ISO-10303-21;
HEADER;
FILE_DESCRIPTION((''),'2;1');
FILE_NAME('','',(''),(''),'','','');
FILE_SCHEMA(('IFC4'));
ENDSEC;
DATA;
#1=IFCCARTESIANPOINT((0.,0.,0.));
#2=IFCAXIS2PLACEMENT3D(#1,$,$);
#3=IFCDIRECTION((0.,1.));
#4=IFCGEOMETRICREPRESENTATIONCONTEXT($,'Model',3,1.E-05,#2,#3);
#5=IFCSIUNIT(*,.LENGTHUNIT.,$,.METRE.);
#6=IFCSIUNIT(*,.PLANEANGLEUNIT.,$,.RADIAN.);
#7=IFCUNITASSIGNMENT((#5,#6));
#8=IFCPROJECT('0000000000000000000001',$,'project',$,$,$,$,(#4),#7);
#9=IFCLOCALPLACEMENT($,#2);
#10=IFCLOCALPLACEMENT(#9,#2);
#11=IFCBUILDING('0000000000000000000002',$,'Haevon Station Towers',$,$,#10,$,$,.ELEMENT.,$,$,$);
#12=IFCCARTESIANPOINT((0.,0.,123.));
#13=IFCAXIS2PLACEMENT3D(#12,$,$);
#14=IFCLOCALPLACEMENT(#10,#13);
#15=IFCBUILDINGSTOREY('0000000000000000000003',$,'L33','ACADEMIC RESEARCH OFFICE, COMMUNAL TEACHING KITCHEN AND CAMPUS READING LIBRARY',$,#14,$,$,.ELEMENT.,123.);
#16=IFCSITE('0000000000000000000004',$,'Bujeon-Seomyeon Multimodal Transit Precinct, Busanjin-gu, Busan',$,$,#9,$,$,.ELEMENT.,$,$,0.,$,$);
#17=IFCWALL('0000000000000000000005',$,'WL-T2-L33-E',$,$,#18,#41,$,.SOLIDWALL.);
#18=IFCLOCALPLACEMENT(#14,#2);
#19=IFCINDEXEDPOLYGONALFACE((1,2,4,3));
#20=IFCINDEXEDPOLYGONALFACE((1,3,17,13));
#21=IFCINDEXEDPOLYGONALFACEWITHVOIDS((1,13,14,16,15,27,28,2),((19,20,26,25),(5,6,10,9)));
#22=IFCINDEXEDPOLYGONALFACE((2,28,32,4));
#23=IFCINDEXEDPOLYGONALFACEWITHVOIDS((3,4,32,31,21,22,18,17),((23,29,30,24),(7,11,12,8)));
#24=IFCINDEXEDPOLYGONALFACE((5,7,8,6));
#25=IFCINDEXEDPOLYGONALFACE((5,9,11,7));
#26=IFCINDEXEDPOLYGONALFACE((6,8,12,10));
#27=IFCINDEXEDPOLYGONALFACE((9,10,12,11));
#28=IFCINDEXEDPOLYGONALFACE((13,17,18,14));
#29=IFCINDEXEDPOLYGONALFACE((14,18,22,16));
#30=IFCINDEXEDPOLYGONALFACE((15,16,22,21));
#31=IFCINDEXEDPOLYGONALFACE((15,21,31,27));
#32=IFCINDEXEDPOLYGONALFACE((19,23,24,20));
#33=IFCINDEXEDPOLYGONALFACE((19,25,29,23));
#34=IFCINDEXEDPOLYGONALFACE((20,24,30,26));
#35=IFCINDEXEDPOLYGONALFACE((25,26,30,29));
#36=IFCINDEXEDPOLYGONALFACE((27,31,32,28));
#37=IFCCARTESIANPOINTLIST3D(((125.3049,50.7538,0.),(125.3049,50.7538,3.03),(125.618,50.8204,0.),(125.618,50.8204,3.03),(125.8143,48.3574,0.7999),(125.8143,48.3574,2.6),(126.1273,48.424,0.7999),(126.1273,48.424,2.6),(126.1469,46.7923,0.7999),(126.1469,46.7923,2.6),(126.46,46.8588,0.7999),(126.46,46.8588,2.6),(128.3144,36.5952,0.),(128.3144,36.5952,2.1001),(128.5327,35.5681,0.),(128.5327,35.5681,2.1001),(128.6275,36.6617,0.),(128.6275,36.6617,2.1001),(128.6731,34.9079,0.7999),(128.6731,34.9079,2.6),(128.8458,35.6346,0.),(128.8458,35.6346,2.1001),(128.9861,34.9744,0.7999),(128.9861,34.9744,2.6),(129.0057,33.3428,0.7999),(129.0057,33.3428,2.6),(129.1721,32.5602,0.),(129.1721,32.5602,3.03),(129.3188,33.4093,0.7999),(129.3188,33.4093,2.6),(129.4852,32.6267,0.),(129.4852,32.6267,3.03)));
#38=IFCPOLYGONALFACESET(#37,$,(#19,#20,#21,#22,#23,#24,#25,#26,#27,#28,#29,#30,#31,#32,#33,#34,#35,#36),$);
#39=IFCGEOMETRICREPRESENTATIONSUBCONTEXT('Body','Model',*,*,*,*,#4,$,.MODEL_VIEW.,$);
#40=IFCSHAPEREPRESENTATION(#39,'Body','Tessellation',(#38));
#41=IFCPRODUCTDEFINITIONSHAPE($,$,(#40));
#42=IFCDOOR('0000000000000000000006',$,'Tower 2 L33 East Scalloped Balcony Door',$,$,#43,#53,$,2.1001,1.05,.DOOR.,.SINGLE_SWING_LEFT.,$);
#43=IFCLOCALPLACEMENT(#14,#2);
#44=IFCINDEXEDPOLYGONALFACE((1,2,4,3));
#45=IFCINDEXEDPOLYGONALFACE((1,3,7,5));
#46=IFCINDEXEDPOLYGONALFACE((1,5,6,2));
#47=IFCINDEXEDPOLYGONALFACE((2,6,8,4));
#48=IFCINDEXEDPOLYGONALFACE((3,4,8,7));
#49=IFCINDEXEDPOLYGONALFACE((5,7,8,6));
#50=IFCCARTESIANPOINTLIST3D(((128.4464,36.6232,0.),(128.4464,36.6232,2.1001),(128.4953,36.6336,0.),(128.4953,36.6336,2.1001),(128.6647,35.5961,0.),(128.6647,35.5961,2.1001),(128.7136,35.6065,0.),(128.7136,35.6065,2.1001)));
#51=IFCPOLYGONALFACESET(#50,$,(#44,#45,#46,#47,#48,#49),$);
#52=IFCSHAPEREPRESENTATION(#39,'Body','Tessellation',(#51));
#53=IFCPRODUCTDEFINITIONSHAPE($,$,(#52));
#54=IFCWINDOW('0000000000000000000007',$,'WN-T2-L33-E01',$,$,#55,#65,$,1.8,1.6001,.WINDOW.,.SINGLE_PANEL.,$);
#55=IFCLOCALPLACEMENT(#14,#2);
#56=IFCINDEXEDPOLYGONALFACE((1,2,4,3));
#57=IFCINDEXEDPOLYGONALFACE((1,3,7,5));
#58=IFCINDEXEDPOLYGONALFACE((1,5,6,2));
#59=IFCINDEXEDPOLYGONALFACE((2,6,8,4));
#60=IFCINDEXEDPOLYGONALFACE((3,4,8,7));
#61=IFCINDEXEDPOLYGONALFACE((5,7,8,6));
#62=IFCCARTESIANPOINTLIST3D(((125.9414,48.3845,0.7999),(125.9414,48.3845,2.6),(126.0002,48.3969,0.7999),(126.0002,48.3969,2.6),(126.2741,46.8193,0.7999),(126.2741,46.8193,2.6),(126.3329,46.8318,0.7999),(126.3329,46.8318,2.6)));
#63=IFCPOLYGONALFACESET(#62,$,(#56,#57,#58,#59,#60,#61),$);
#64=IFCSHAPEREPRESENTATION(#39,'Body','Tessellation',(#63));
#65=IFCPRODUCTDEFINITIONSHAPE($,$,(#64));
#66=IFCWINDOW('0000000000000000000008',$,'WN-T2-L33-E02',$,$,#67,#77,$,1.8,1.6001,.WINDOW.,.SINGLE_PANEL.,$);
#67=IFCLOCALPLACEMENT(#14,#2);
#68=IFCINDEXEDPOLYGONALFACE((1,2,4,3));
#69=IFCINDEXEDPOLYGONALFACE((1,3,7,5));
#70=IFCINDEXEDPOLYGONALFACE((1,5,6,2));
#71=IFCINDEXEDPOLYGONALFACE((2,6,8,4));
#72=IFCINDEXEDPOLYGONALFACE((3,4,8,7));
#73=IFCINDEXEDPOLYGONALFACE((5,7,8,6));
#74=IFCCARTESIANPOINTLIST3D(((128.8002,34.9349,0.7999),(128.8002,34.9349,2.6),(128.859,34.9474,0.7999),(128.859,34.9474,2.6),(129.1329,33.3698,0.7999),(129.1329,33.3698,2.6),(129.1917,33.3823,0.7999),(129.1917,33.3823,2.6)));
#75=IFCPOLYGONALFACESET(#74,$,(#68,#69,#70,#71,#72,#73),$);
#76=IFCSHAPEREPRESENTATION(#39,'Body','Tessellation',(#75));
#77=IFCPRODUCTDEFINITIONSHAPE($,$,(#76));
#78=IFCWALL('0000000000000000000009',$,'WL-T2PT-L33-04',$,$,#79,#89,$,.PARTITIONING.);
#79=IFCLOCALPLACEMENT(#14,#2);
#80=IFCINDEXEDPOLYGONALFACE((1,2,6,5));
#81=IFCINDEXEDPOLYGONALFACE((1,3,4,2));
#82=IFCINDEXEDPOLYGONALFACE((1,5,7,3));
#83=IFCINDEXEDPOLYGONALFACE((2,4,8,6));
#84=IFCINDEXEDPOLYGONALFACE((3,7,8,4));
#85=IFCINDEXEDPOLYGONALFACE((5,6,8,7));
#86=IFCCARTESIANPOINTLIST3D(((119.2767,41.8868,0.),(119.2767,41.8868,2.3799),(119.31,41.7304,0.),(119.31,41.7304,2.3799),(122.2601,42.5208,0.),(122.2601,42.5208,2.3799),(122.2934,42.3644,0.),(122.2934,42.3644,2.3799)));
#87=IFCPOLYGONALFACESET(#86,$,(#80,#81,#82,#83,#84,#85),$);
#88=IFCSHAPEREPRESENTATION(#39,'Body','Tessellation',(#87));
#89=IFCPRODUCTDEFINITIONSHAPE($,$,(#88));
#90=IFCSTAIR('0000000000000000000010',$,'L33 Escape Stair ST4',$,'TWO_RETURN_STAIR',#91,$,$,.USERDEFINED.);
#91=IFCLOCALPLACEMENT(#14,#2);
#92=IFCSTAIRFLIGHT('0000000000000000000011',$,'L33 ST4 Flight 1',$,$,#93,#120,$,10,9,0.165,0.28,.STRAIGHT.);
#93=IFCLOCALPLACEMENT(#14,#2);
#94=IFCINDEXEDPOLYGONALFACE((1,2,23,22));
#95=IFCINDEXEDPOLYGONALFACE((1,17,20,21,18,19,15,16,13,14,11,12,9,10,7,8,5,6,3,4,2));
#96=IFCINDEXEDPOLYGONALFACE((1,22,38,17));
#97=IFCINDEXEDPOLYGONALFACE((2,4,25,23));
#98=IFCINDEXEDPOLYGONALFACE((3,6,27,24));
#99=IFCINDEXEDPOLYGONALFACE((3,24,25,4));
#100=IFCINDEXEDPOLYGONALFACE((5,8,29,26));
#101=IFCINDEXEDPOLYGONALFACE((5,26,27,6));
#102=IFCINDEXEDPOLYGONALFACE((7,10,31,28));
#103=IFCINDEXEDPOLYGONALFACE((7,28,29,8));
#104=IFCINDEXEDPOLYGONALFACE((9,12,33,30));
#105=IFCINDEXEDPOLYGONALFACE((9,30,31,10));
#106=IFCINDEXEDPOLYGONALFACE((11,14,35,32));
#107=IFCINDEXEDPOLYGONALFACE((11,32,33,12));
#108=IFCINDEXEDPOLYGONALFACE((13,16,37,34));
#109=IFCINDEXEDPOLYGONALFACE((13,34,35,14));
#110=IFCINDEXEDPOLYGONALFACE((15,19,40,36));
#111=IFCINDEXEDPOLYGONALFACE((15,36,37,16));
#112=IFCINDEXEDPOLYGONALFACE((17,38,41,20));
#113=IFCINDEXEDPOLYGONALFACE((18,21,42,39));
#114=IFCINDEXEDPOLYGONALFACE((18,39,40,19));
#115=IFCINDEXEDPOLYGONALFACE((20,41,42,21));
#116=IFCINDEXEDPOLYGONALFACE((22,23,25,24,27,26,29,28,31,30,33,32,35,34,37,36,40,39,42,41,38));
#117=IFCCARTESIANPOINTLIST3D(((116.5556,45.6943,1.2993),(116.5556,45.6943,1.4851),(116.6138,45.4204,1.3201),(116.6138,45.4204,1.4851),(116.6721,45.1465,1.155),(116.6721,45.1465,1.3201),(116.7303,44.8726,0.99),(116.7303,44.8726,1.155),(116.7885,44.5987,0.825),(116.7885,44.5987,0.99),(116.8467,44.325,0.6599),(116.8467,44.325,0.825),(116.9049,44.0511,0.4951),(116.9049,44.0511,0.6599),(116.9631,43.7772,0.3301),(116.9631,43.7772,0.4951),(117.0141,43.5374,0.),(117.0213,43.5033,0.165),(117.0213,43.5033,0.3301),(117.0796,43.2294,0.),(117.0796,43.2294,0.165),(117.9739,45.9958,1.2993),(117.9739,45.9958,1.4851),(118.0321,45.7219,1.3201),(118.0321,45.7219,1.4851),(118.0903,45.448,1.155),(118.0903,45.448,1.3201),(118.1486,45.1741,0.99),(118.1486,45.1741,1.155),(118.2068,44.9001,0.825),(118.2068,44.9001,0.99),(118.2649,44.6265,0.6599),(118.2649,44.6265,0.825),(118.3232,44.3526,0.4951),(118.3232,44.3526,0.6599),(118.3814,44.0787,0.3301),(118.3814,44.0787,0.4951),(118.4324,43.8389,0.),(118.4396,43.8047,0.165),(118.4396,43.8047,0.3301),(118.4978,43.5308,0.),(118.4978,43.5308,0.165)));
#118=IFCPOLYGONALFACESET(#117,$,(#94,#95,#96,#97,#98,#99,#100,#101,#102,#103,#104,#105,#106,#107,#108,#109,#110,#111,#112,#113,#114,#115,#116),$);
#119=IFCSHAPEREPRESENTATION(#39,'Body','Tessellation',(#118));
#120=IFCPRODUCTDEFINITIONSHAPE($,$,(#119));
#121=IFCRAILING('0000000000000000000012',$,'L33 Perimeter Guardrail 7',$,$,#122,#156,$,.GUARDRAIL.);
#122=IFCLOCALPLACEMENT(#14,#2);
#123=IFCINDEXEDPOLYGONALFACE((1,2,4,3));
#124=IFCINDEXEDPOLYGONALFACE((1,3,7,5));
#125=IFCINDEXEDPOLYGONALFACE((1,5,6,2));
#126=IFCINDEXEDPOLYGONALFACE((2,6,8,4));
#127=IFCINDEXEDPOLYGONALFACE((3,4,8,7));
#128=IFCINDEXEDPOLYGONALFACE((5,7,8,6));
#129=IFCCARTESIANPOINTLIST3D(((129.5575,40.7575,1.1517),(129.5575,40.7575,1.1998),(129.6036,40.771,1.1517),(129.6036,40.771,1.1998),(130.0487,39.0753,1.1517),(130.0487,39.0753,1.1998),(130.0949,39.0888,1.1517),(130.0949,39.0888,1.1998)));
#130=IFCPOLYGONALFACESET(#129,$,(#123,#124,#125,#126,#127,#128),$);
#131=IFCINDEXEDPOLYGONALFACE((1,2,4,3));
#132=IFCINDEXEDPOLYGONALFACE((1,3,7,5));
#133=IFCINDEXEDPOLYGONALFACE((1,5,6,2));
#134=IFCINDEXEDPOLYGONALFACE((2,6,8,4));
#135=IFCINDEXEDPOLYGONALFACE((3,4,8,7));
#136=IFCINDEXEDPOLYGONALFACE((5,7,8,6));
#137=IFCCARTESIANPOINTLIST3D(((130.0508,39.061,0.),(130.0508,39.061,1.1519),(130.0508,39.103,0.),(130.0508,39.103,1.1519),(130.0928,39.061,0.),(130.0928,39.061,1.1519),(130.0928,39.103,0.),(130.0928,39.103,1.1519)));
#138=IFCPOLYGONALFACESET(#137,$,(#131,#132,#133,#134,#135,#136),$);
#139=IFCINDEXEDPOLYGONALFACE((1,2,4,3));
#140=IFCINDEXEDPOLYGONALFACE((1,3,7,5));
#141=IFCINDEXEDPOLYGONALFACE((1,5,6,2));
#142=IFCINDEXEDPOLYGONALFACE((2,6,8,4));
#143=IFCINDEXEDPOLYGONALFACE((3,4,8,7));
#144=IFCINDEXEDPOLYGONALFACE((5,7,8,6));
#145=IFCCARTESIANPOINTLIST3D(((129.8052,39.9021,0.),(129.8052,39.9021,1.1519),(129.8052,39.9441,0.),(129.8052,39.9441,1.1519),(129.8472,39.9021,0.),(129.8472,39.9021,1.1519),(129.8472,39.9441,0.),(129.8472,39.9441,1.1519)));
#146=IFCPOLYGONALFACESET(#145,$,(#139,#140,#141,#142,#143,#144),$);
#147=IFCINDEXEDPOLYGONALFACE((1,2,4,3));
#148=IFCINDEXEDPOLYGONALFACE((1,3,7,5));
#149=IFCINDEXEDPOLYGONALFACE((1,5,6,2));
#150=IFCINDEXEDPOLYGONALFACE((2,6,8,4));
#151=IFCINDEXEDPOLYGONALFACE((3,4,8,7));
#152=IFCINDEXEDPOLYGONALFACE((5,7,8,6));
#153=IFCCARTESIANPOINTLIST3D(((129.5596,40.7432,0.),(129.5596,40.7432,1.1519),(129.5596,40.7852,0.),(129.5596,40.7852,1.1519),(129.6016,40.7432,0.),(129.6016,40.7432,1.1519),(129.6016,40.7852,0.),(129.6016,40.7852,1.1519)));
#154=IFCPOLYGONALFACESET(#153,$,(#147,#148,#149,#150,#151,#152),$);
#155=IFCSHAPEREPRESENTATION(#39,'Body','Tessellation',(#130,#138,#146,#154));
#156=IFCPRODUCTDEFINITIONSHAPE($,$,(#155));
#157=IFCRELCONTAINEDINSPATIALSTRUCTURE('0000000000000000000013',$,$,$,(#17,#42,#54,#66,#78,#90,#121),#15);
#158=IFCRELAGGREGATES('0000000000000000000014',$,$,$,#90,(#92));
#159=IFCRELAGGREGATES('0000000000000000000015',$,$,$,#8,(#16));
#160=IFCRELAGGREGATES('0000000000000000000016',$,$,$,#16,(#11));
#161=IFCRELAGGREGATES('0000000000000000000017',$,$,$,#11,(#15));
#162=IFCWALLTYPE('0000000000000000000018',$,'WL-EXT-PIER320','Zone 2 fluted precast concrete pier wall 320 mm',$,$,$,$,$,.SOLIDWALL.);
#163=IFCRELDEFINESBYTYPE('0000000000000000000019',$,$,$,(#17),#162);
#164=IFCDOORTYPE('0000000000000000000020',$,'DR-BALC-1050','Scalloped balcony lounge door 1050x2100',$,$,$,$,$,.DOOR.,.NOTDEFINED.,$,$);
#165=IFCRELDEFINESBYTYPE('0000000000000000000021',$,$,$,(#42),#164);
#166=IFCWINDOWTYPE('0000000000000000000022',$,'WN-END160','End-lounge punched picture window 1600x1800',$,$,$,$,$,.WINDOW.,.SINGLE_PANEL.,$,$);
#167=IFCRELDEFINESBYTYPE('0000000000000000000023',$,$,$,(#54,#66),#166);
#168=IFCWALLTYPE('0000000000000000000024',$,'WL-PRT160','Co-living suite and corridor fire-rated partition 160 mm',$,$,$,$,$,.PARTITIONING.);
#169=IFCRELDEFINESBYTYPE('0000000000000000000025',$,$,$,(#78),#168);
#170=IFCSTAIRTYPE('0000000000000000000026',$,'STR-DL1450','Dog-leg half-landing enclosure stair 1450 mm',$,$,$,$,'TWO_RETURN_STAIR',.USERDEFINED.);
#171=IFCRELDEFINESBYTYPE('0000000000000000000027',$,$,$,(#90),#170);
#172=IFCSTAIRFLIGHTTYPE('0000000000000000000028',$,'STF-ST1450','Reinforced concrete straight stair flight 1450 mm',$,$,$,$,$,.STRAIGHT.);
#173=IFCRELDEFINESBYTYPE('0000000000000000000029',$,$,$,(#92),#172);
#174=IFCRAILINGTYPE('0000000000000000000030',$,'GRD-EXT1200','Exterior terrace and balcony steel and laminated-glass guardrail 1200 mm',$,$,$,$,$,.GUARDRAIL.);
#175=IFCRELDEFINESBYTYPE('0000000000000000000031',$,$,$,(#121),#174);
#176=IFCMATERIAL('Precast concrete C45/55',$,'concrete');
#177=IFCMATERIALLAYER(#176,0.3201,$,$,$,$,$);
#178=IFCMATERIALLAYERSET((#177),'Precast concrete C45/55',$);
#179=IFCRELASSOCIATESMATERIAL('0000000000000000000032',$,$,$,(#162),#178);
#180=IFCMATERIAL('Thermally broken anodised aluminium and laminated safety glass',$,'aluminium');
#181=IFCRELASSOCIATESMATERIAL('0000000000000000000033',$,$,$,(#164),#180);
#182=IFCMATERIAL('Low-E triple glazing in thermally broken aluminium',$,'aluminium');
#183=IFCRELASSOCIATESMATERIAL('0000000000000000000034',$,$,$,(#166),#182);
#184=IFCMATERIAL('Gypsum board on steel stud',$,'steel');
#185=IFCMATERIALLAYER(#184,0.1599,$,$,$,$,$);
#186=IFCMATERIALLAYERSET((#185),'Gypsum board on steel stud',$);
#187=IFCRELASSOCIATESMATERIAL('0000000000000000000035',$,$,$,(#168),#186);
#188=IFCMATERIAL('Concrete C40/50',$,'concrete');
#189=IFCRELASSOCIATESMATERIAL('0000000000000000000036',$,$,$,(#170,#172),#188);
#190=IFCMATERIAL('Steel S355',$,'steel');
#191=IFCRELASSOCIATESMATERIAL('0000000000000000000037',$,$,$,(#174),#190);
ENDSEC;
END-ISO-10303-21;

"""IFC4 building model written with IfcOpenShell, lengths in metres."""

from ifc_helpers import new_model, si_unit, direction, frame, frame_2d, origin, origin_2d, place, context, subcontext, project, spatial, polyline, rectangle, outline, extrude, material, layer, layer_set, type_object, element, fill, aggregate, save


model = new_model("IFC4")

# Units and contexts
model_context = context("Model", 3, precision=1e-05, world=origin(), true_north=direction((0.0, 1.0)))
body_context = subcontext(model_context, "Body", "Model", "MODEL_VIEW")
ifc_project = project(units=[si_unit("LENGTHUNIT", "METRE"), si_unit("PLANEANGLEUNIT", "RADIAN")], contexts=[model_context])

# Site, building, storey
site_placement = place(None, origin())
site = spatial("IfcSite", under=ifc_project, at=site_placement, Name="Bujeon-Seomyeon Multimodal Transit Precinct, Busanjin-gu, Busan", CompositionType="ELEMENT", RefElevation=0.0)
building_placement = place(site_placement, origin())
building = spatial("IfcBuilding", under=site, at=building_placement, Name="Haevon Station Towers", CompositionType="ELEMENT")
storey_placement = place(building_placement, frame((0.0, 0.0, 123.0)))
storey = spatial("IfcBuildingStorey", under=building, at=storey_placement, Name="L33", Description="ACADEMIC RESEARCH OFFICE, COMMUNAL TEACHING KITCHEN AND CAMPUS READING LIBRARY", CompositionType="ELEMENT", Elevation=123.0)

# Shared definitions
ifc_material_1 = material(Name="Steel S355", Category="steel")

# Shared definitions
ifc_material_2 = material(Name="Precast concrete C45/55", Category="concrete")
ifc_layer_1 = layer(ifc_material_2, 0.3201)
ifc_layer_set_1 = layer_set([ifc_layer_1], Name="Precast concrete C45/55")
wall_type_1 = type_object("IfcWallType", Name="WL-EXT-PIER320", Description="Zone 2 fluted precast concrete pier wall 320 mm", PredefinedType="SOLIDWALL", material=ifc_layer_set_1)

# Wall, openings, door, windows
wall_1_placement = place(storey_placement, frame((125.4614, 50.7871, 0.0), z_axis=(0.0, 0.0, 1.0), x_axis=(0.207913, -0.978147, 0.0)))
wall_1 = element("IfcWall", 1, at=wall_1_placement, inside=storey, type_object=wall_type_1, Name="WL-T2-L33-E", PredefinedType="SOLIDWALL", context=body_context, shape_type="SweptSolid", body=[
    extrude(rectangle(XDim=18.6001, YDim=0.3201, at=frame_2d((9.3, 0.0))), origin(), (0.0, 0.0, 1.0), 3.03),
])
opening_1_placement = place(wall_1_placement, frame((14.4751, 0.0, 0.0)))
opening_1 = element("IfcOpeningElement", 2, at=opening_1_placement, cuts=wall_1, PredefinedType="OPENING", context=body_context, shape_type="SweptSolid", body=[
    extrude(rectangle(XDim=1.05, YDim=2.1001, at=frame_2d((0.5249, 1.05))), frame((0.0, 0.1699, 0.0), z_axis=(0.0, -1.0, 0.0), x_axis=(1.0, 0.0, 0.0)), (0.0, 0.0, 1.0), 0.3401),
])
opening_2_placement = place(wall_1_placement, frame((2.45, 0.0, 0.8)))
opening_2 = element("IfcOpeningElement", 3, at=opening_2_placement, cuts=wall_1, PredefinedType="OPENING", context=body_context, shape_type="SweptSolid", body=[
    extrude(rectangle(XDim=1.6001, YDim=1.8, at=frame_2d((0.8, 0.8999))), frame((0.0, 0.1699, 0.0), z_axis=(0.0, -1.0, 0.0), x_axis=(1.0, 0.0, 0.0)), (0.0, 0.0, 1.0), 0.3401),
])
opening_3_placement = place(wall_1_placement, frame((16.2, 0.0, 0.8)))
opening_3 = element("IfcOpeningElement", 4, at=opening_3_placement, cuts=wall_1, PredefinedType="OPENING", context=body_context, shape_type="SweptSolid", body=[
    extrude(rectangle(XDim=1.6001, YDim=1.8, at=frame_2d((0.8, 0.8999))), frame((0.0, 0.1699, 0.0), z_axis=(0.0, -1.0, 0.0), x_axis=(1.0, 0.0, 0.0)), (0.0, 0.0, 1.0), 0.3401),
])
ifc_material_3 = material(Name="Thermally broken anodised aluminium and laminated safety glass", Category="aluminium")
door_type = type_object("IfcDoorType", Name="DR-BALC-1050", Description="Scalloped balcony lounge door 1050x2100", OperationType="NOTDEFINED", PredefinedType="DOOR", material=ifc_material_3)
door_placement = place(opening_1_placement, origin())
door = element("IfcDoor", 5, at=door_placement, inside=storey, type_object=door_type, Name="Tower 2 L33 East Scalloped Balcony Door", OperationType="SINGLE_SWING_LEFT", OverallHeight=2.1001, OverallWidth=1.05, PredefinedType="DOOR", context=body_context, shape_type="SweptSolid", body=[
    extrude(rectangle(XDim=1.05, YDim=2.1001, at=frame_2d((0.5249, 1.05))), frame((0.0, 0.0249, 0.0), z_axis=(0.0, -1.0, 0.0), x_axis=(1.0, 0.0, 0.0)), (0.0, 0.0, 1.0), 0.05),
])
fill(opening_1, door)
ifc_material_4 = material(Name="Low-E triple glazing in thermally broken aluminium", Category="aluminium")
window_type = type_object("IfcWindowType", Name="WN-END160", Description="End-lounge punched picture window 1600x1800", PartitioningType="SINGLE_PANEL", PredefinedType="WINDOW", material=ifc_material_4)
window_1_placement = place(opening_2_placement, origin())
window_1 = element("IfcWindow", 6, at=window_1_placement, inside=storey, type_object=window_type, Name="WN-T2-L33-E01", OverallHeight=1.8, OverallWidth=1.6001, PartitioningType="SINGLE_PANEL", PredefinedType="WINDOW", context=body_context, shape_type="SweptSolid", body=[
    extrude(rectangle(XDim=1.6001, YDim=1.8, at=frame_2d((0.8, 0.8999))), frame((0.0, 0.03, 0.0), z_axis=(0.0, -1.0, 0.0), x_axis=(1.0, 0.0, 0.0)), (0.0, 0.0, 1.0), 0.0601),
])
fill(opening_2, window_1)
window_2_placement = place(opening_3_placement, origin())
window_2 = element("IfcWindow", 7, at=window_2_placement, inside=storey, type_object=window_type, Name="WN-T2-L33-E02", OverallHeight=1.8, OverallWidth=1.6001, PartitioningType="SINGLE_PANEL", PredefinedType="WINDOW", context=body_context, shape_type="SweptSolid", body=[
    extrude(rectangle(XDim=1.6001, YDim=1.8, at=frame_2d((0.8, 0.8999))), frame((0.0, 0.03, 0.0), z_axis=(0.0, -1.0, 0.0), x_axis=(1.0, 0.0, 0.0)), (0.0, 0.0, 1.0), 0.0601),
])
fill(opening_3, window_2)

# Wall
ifc_material_5 = material(Name="Gypsum board on steel stud", Category="steel")
ifc_layer_2 = layer(ifc_material_5, 0.1599)
ifc_layer_set_2 = layer_set([ifc_layer_2], Name="Gypsum board on steel stud")
wall_type_2 = type_object("IfcWallType", Name="WL-PRT160", Description="Co-living suite and corridor fire-rated partition 160 mm", PredefinedType="PARTITIONING", material=ifc_layer_set_2)
wall_2_placement = place(storey_placement, frame((119.2935, 41.8086, 0.0), z_axis=(0.0, 0.0, 1.0), x_axis=(0.978155, 0.207878, 0.0)))
element("IfcWall", 8, at=wall_2_placement, inside=storey, type_object=wall_type_2, Name="WL-T2PT-L33-04", PredefinedType="PARTITIONING", context=body_context, shape_type="SweptSolid", body=[
    extrude(rectangle(XDim=3.05, YDim=0.1599, at=frame_2d((1.5249, 0.0))), origin(), (0.0, 0.0, 1.0), 2.3799),
])

# Stair, stair flight
ifc_material_6 = material(Name="Concrete C40/50", Category="concrete")
stair_type = type_object("IfcStairType", Name="STR-DL1450", Description="Dog-leg half-landing enclosure stair 1450 mm", ElementType="TWO_RETURN_STAIR", PredefinedType="USERDEFINED", material=ifc_material_6)
stair_placement = place(storey_placement, origin())
stair = element("IfcStair", 9, at=stair_placement, inside=storey, type_object=stair_type, Name="L33 Escape Stair ST4", ObjectType="TWO_RETURN_STAIR", PredefinedType="USERDEFINED")
stair_flight_type = type_object("IfcStairFlightType", Name="STF-ST1450", Description="Reinforced concrete straight stair flight 1450 mm", PredefinedType="STRAIGHT", material=ifc_material_6)
stair_flight_placement = place(storey_placement, frame((117.7888, 43.3801, 0.0), z_axis=(0.0, 0.0, 1.0), x_axis=(-0.207912, 0.978148, 0.0)))
stair_flight = element("IfcStairFlight", 10, at=stair_flight_placement, type_object=stair_flight_type, Name="L33 ST4 Flight 1", NumberOfRisers=10, NumberOfTreads=9, PredefinedType="STRAIGHT", RiserHeight=0.165, TreadLength=0.28, context=body_context, shape_type="SweptSolid", body=[
    extrude(outline(polyline([(0.0, 0.0), (0.0, 0.165), (0.28, 0.165), (0.28, 0.3301), (0.5601, 0.3301), (0.5601, 0.4951), (0.8401, 0.4951), (0.8401, 0.6599), (1.1201, 0.6599), (1.1201, 0.825), (1.3999, 0.825), (1.3999, 0.99), (1.6799, 0.99), (1.6799, 1.155), (1.96, 1.155), (1.96, 1.3201), (2.24, 1.3201), (2.24, 1.4851), (2.52, 1.4851), (2.52, 1.6499), (2.52, 1.2993), (0.3149, 0.0), (0.0, 0.0)])), frame((0.0, 0.7251, 0.0), z_axis=(0.0, -1.0, 0.0), x_axis=(1.0, 0.0, 0.0)), (0.0, 0.0, 1.0), 1.45),
])
aggregate(stair, [stair_flight])

# Railing
railing_type_1 = type_object("IfcRailingType", Name="GRD-EXT1200", Description="Exterior terrace and balcony steel and laminated-glass guardrail 1200 mm", PredefinedType="GUARDRAIL", material=ifc_material_1)
railing_1_placement = place(storey_placement, frame((130.0718, 39.082, 0.0)))
element("IfcRailing", 11, at=railing_1_placement, inside=storey, type_object=railing_type_1, Name="L33 Perimeter Guardrail 7", PredefinedType="GUARDRAIL", context=body_context, shape_type="SweptSolid", body=[
    extrude(rectangle(XDim=0.0481, YDim=0.0481, at=origin_2d()), frame((0.0, 0.0, 1.1758), z_axis=(-0.28031, 0.959909, 0.0), x_axis=(-0.959909, -0.28031, 0.0)), (0.0, 0.0, 1.0), 1.7524),
    extrude(rectangle(XDim=0.042, YDim=0.042, at=origin_2d()), origin(), (0.0, 0.0, 1.0), 1.1519),
    extrude(rectangle(XDim=0.042, YDim=0.042, at=origin_2d()), frame((-0.2456, 0.8411, 0.0)), (0.0, 0.0, 1.0), 1.1519),
    extrude(rectangle(XDim=0.042, YDim=0.042, at=origin_2d()), frame((-0.4912, 1.6821, 0.0)), (0.0, 0.0, 1.0), 1.1519),
])

save(model, "model.ifc")
